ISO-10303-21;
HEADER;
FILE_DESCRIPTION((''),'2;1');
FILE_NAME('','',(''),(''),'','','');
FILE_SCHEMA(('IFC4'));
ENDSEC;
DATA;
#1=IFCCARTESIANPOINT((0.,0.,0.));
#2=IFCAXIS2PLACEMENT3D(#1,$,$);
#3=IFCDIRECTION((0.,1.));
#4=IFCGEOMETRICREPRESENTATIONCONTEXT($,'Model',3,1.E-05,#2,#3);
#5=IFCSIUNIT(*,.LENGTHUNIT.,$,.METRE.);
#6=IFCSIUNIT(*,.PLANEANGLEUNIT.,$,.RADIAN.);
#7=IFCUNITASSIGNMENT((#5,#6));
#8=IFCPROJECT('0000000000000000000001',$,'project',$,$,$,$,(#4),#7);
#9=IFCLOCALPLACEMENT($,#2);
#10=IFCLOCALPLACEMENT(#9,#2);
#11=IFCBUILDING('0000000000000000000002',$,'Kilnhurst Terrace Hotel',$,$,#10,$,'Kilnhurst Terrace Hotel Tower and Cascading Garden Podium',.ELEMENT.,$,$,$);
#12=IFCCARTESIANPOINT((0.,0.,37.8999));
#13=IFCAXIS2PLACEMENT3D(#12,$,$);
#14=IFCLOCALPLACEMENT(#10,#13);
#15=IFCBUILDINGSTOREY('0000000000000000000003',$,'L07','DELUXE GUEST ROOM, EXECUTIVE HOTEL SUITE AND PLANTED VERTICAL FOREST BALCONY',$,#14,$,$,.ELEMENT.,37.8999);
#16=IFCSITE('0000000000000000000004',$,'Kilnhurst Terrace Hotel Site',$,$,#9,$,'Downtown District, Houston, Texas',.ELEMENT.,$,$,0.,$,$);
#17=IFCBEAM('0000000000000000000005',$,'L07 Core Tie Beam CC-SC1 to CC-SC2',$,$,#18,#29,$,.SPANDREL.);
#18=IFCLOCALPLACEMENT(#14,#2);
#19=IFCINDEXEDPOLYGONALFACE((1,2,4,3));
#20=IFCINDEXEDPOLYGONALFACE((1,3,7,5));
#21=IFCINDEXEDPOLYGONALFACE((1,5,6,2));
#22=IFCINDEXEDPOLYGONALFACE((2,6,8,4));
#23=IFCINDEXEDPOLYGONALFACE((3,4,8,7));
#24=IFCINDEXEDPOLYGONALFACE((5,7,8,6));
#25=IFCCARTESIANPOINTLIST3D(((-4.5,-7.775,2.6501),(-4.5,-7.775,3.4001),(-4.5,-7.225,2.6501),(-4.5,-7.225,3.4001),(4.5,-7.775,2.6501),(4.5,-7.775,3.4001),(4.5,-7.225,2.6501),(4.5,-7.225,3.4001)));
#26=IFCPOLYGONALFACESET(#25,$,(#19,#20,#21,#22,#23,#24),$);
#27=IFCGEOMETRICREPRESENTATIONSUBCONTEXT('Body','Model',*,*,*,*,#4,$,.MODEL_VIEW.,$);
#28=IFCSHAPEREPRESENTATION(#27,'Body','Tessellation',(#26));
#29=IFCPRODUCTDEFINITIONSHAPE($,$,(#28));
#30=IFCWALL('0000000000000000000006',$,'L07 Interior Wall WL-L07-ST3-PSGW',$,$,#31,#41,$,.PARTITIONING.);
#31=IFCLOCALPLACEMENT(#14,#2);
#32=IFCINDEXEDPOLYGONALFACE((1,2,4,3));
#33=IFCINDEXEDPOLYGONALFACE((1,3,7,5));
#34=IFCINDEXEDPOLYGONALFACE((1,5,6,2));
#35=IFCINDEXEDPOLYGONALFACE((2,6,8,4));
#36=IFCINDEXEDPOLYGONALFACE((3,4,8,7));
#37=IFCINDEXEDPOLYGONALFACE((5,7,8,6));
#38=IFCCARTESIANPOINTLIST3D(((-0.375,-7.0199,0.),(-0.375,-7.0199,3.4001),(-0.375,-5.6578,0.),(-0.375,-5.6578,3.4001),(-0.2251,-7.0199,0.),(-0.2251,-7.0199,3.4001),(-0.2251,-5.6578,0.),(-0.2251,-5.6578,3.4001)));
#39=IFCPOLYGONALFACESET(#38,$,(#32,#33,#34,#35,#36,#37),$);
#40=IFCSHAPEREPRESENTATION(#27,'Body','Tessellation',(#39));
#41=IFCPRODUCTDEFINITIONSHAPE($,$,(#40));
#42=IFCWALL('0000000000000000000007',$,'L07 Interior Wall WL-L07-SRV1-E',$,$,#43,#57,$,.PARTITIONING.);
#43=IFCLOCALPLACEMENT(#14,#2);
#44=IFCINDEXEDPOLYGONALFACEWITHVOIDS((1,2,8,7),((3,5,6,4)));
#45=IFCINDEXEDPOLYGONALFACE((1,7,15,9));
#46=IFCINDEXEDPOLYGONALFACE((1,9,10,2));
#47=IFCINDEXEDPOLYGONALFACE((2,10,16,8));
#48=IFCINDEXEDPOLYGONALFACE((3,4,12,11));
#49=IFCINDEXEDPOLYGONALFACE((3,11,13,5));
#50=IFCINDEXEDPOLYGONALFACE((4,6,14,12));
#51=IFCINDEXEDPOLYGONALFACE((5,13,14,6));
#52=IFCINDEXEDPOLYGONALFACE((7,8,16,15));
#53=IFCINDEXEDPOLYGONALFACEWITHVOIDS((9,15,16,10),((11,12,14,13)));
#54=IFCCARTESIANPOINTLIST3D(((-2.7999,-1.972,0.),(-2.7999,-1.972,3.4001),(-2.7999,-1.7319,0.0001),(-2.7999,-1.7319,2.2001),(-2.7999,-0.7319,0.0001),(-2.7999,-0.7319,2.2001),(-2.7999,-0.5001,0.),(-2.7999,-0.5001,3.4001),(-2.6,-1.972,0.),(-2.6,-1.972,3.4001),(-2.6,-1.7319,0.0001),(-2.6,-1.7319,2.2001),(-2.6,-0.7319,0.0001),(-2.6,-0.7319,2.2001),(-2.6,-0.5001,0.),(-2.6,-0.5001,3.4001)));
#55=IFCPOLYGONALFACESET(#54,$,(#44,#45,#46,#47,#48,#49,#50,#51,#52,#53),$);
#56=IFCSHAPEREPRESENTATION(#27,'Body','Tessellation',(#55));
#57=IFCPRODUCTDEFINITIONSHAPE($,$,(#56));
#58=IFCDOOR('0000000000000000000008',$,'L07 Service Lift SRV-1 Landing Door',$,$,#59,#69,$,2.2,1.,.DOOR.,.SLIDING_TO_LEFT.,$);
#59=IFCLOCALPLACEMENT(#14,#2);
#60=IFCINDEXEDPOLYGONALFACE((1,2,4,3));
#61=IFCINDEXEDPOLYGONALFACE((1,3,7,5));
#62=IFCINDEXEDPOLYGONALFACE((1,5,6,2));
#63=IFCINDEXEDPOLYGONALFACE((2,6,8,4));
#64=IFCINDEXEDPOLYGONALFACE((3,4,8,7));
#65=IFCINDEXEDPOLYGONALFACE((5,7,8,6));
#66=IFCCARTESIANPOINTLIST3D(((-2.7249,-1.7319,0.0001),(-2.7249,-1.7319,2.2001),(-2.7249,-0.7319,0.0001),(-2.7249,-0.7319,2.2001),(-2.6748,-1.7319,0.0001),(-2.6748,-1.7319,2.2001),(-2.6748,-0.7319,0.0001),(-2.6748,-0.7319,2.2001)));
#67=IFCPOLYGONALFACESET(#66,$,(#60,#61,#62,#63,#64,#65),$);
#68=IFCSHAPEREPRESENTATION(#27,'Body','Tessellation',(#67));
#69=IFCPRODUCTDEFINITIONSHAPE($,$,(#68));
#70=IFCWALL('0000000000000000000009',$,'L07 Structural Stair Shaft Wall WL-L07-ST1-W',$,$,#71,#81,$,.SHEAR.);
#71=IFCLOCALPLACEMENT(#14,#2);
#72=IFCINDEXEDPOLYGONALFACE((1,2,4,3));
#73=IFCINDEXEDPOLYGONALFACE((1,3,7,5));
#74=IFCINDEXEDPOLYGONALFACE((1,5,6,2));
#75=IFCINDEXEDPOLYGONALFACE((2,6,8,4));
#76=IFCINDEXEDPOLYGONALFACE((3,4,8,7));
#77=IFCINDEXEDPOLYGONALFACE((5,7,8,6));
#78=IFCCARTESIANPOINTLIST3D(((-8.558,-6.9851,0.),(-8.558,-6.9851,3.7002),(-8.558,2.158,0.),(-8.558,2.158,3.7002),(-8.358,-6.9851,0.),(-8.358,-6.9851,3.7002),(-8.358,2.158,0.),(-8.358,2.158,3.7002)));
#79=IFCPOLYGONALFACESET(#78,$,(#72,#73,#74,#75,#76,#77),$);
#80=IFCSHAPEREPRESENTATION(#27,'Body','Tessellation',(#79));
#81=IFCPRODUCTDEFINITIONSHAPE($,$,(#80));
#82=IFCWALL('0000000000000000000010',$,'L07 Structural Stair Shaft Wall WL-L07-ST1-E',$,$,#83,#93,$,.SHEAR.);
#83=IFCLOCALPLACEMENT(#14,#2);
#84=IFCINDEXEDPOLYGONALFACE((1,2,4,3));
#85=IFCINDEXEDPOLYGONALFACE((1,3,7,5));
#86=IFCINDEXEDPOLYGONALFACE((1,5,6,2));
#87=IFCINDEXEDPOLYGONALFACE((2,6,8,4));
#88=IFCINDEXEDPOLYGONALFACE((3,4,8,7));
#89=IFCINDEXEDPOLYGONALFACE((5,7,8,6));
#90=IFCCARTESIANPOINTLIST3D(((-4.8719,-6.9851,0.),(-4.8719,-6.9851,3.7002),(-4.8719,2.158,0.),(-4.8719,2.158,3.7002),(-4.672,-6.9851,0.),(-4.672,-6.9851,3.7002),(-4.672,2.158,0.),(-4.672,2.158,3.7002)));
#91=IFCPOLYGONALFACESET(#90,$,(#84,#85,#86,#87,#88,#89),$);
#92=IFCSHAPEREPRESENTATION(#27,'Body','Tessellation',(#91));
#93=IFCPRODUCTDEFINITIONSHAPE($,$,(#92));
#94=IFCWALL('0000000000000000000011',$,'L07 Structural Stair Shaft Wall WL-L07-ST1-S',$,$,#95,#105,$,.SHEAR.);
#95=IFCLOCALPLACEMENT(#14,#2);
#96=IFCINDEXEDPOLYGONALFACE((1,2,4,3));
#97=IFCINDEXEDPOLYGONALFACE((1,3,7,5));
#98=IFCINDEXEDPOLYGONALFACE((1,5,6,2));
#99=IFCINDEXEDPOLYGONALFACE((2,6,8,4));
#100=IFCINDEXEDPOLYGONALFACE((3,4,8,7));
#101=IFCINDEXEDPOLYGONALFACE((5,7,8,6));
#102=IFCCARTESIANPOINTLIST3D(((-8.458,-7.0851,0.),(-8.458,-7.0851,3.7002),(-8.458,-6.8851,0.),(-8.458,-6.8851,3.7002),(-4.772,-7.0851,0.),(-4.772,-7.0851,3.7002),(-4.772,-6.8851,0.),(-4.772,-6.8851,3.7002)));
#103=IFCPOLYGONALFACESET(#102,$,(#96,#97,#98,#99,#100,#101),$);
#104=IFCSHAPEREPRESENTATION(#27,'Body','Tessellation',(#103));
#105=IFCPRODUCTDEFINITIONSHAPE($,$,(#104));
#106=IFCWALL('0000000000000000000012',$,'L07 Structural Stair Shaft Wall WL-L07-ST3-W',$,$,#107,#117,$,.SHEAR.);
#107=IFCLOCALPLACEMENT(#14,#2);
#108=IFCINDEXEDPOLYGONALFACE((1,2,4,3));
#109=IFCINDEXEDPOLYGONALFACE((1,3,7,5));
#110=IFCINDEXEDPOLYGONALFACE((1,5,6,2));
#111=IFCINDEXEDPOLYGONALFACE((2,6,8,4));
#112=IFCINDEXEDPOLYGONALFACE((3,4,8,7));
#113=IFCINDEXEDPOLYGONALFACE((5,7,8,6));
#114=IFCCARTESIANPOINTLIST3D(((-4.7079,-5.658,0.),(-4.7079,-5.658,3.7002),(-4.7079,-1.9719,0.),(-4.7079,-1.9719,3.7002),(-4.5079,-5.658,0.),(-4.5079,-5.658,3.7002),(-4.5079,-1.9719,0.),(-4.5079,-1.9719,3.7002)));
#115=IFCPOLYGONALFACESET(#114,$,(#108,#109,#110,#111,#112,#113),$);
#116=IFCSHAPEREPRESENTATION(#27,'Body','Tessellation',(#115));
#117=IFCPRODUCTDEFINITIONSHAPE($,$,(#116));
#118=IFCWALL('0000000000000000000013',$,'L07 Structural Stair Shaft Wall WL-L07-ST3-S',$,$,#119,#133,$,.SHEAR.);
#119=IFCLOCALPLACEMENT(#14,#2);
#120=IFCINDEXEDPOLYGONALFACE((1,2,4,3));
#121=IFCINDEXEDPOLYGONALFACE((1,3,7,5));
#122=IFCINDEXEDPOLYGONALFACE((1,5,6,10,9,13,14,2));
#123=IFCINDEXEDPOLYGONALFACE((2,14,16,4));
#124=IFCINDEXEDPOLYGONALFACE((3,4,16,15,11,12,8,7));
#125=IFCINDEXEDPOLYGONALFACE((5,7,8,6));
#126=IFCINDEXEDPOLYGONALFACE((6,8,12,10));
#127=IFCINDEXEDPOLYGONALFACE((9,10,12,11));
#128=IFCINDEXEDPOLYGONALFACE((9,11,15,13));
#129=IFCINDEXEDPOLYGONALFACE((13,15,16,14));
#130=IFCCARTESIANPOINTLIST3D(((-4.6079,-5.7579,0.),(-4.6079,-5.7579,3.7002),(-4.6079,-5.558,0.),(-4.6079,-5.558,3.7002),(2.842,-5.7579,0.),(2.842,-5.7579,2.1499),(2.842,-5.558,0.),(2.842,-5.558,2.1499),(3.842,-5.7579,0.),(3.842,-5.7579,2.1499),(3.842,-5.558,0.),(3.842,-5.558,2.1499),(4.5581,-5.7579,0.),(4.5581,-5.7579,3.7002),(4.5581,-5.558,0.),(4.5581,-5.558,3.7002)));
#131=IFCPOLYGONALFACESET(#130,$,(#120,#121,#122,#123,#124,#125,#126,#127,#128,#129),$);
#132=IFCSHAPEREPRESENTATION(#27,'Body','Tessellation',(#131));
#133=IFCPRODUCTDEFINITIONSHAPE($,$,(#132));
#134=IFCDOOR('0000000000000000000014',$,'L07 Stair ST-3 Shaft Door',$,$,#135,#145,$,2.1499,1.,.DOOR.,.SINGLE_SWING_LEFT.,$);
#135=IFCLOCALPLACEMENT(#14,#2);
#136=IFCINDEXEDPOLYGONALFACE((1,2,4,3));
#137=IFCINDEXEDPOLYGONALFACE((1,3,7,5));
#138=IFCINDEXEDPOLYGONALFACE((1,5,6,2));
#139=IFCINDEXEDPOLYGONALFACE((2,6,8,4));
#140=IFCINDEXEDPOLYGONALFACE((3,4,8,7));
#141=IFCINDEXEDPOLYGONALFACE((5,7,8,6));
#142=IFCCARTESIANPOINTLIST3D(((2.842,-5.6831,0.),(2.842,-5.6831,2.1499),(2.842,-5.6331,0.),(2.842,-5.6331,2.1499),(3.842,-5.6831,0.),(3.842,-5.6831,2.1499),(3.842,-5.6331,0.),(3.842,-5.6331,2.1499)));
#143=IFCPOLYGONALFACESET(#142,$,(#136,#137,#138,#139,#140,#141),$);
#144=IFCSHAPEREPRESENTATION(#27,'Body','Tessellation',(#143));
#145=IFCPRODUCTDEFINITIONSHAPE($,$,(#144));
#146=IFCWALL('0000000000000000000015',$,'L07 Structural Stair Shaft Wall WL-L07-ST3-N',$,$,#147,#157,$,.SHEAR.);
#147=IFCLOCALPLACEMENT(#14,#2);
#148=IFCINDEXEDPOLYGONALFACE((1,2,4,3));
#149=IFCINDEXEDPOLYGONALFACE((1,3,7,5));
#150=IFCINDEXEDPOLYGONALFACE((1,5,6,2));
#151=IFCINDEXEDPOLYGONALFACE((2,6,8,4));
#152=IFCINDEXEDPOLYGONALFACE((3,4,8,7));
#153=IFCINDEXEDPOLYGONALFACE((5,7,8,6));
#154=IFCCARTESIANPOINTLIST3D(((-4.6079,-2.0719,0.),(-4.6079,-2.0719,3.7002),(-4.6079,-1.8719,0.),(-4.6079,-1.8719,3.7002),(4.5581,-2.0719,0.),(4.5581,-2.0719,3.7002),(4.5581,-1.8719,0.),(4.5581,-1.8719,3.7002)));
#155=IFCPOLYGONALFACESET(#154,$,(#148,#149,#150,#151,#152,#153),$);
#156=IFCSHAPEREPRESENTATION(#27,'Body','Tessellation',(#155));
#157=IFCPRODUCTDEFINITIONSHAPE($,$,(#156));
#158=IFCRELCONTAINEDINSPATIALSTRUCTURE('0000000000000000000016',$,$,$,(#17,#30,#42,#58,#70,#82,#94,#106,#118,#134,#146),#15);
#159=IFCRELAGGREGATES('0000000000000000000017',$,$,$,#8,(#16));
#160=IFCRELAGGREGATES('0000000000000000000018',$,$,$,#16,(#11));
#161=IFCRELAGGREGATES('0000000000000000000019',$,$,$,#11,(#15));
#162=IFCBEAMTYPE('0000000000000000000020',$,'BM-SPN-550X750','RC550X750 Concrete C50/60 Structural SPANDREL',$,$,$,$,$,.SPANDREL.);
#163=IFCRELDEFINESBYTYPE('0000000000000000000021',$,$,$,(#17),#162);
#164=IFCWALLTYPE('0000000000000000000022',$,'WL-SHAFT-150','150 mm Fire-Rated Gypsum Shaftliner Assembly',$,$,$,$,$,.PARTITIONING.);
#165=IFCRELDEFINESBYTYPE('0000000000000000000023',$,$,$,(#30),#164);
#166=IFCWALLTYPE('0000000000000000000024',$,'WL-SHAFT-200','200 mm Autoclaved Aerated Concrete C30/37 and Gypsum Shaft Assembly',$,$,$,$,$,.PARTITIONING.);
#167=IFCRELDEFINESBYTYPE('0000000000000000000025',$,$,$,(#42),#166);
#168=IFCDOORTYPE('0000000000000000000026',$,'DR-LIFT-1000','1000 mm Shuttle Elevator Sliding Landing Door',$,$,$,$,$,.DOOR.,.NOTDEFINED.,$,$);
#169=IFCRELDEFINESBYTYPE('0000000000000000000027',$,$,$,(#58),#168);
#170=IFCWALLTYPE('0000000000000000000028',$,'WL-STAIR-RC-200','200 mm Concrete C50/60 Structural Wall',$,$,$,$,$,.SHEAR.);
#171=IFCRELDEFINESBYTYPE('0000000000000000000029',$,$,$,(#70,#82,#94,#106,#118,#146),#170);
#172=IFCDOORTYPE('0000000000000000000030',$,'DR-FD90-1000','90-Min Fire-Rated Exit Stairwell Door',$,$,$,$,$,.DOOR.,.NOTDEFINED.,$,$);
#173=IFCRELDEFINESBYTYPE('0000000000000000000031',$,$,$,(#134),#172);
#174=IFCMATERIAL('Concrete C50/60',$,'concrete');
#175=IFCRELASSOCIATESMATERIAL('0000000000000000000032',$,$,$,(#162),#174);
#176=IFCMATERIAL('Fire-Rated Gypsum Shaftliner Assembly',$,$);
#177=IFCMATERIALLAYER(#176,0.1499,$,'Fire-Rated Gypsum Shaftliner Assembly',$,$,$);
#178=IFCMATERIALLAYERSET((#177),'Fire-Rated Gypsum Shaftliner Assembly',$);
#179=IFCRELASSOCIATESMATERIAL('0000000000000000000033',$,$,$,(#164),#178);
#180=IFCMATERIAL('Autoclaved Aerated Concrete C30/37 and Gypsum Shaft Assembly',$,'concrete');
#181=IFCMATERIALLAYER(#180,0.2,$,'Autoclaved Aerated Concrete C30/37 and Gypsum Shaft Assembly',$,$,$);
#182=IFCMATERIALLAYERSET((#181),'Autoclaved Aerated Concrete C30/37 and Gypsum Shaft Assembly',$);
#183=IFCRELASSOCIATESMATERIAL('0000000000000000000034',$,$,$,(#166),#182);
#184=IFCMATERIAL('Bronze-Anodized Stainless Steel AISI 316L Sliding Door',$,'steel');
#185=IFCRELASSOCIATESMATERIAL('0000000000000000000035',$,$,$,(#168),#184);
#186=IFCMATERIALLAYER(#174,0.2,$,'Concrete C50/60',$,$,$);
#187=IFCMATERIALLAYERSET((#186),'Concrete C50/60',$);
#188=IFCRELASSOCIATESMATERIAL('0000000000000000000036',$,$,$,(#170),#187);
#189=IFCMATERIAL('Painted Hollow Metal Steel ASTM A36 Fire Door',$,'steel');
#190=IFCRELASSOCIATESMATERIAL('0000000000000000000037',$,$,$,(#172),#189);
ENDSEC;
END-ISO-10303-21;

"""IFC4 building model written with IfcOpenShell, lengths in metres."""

from ifc_helpers import new_model, si_unit, direction, frame, frame_2d, origin, origin_2d, place, context, subcontext, project, spatial, rectangle, extrude, material, layer, layer_set, material_profile, profile_set, type_object, element, fill, save


model = new_model("IFC4")

# Units and contexts
model_context = context("Model", 3, precision=1e-05, world=origin(), true_north=direction((0.0, 1.0)))
body_context = subcontext(model_context, "Body", "Model", "MODEL_VIEW")
ifc_project = project(units=[si_unit("LENGTHUNIT", "METRE"), si_unit("PLANEANGLEUNIT", "RADIAN")], contexts=[model_context])

# Site, building, storey
site_placement = place(None, origin())
site = spatial("IfcSite", under=ifc_project, at=site_placement, Name="Kilnhurst Terrace Hotel Site", LongName="Downtown District, Houston, Texas", CompositionType="ELEMENT", RefElevation=0.0)
building_placement = place(site_placement, origin())
building = spatial("IfcBuilding", under=site, at=building_placement, Name="Kilnhurst Terrace Hotel", LongName="Kilnhurst Terrace Hotel Tower and Cascading Garden Podium", CompositionType="ELEMENT")
storey_placement = place(building_placement, frame((0.0, 0.0, 37.8999)))
storey = spatial("IfcBuildingStorey", under=building, at=storey_placement, Name="L07", Description="DELUXE GUEST ROOM, EXECUTIVE HOTEL SUITE AND PLANTED VERTICAL FOREST BALCONY", CompositionType="ELEMENT", Elevation=37.8999)

# Beam
ifc_material_1 = material(Name="Concrete C50/60", Category="concrete")
ifc_material_profile = material_profile(ifc_material_1, rectangle(XDim=0.55, YDim=0.75, at=origin_2d()), Name="RC550X750")
ifc_profile_set = profile_set([ifc_material_profile], Name="Concrete C50/60")
beam_type = type_object("IfcBeamType", Name="BM-SPN-550X750", Description="RC550X750 Concrete C50/60 Structural SPANDREL", PredefinedType="SPANDREL", material=ifc_profile_set)
beam_placement = place(storey_placement, frame((-4.5, -7.5, 3.0251), z_axis=(1.0, 0.0, 0.0), x_axis=(0.0, 1.0, 0.0)))
element("IfcBeam", 1, at=beam_placement, inside=storey, type_object=beam_type, Name="L07 Core Tie Beam CC-SC1 to CC-SC2", PredefinedType="SPANDREL", context=body_context, shape_type="SweptSolid", body=[
    extrude(rectangle(XDim=0.55, YDim=0.75, at=origin_2d()), origin(), (0.0, 0.0, 1.0), 9.0),
])

# Shared definitions
ifc_material_2 = material(Name="Painted Hollow Metal Steel ASTM A36 Fire Door", Category="steel")

# Wall
ifc_material_3 = material(Name="Fire-Rated Gypsum Shaftliner Assembly")
ifc_layer_1 = layer(ifc_material_3, 0.1499, Name="Fire-Rated Gypsum Shaftliner Assembly")
ifc_layer_set_1 = layer_set([ifc_layer_1], Name="Fire-Rated Gypsum Shaftliner Assembly")
wall_type_1 = type_object("IfcWallType", Name="WL-SHAFT-150", Description="150 mm Fire-Rated Gypsum Shaftliner Assembly", PredefinedType="PARTITIONING", material=ifc_layer_set_1)
wall_1_placement = place(storey_placement, frame((-0.3, -7.02, 0.0), z_axis=(0.0, 0.0, 1.0), x_axis=(0.0, 1.0, 0.0)))
element("IfcWall", 2, at=wall_1_placement, inside=storey, type_object=wall_type_1, Name="L07 Interior Wall WL-L07-ST3-PSGW", PredefinedType="PARTITIONING", context=body_context, shape_type="SweptSolid", body=[
    extrude(rectangle(XDim=1.3621, YDim=0.1499, at=frame_2d((0.6812, 0.0))), origin(), (0.0, 0.0, 1.0), 3.4001),
])

# Wall, opening, door
ifc_material_4 = material(Name="Autoclaved Aerated Concrete C30/37 and Gypsum Shaft Assembly", Category="concrete")
ifc_layer_2 = layer(ifc_material_4, 0.2, Name="Autoclaved Aerated Concrete C30/37 and Gypsum Shaft Assembly")
ifc_layer_set_2 = layer_set([ifc_layer_2], Name="Autoclaved Aerated Concrete C30/37 and Gypsum Shaft Assembly")
wall_type_2 = type_object("IfcWallType", Name="WL-SHAFT-200", Description="200 mm Autoclaved Aerated Concrete C30/37 and Gypsum Shaft Assembly", PredefinedType="PARTITIONING", material=ifc_layer_set_2)
wall_2_placement = place(storey_placement, frame((-2.7, -1.9719, 0.0), z_axis=(0.0, 0.0, 1.0), x_axis=(0.0, 1.0, 0.0)))
wall_2 = element("IfcWall", 3, at=wall_2_placement, inside=storey, type_object=wall_type_2, Name="L07 Interior Wall WL-L07-SRV1-E", PredefinedType="PARTITIONING", context=body_context, shape_type="SweptSolid", body=[
    extrude(rectangle(XDim=1.4719, YDim=0.2, at=frame_2d((0.7358, 0.0))), origin(), (0.0, 0.0, 1.0), 3.4001),
])
opening_1_placement = place(wall_2_placement, frame((0.24, 0.0, 0.0)))
opening_1 = element("IfcOpeningElement", 4, at=opening_1_placement, cuts=wall_2, PredefinedType="OPENING", context=body_context, shape_type="SweptSolid", body=[
    extrude(rectangle(XDim=1.0, YDim=2.2, at=frame_2d((0.5, 1.1001))), frame((0.0, 0.1099, 0.0), z_axis=(0.0, -1.0, 0.0), x_axis=(1.0, 0.0, 0.0)), (0.0, 0.0, 1.0), 0.22),
])
ifc_material_5 = material(Name="Bronze-Anodized Stainless Steel AISI 316L Sliding Door", Category="steel")
door_type_1 = type_object("IfcDoorType", Name="DR-LIFT-1000", Description="1000 mm Shuttle Elevator Sliding Landing Door", OperationType="NOTDEFINED", PredefinedType="DOOR", material=ifc_material_5)
door_1_placement = place(opening_1_placement, origin())
door_1 = element("IfcDoor", 5, at=door_1_placement, inside=storey, type_object=door_type_1, Name="L07 Service Lift SRV-1 Landing Door", OperationType="SLIDING_TO_LEFT", OverallHeight=2.2, OverallWidth=1.0, PredefinedType="DOOR", context=body_context, shape_type="SweptSolid", body=[
    extrude(rectangle(XDim=1.0, YDim=2.2, at=frame_2d((0.5, 1.1001))), frame((0.0, 0.0249, 0.0), z_axis=(0.0, -1.0, 0.0), x_axis=(1.0, 0.0, 0.0)), (0.0, 0.0, 1.0), 0.05),
])
fill(opening_1, door_1)

# Walls
ifc_layer_3 = layer(ifc_material_1, 0.2, Name="Concrete C50/60")
ifc_layer_set_3 = layer_set([ifc_layer_3], Name="Concrete C50/60")
wall_type_3 = type_object("IfcWallType", Name="WL-STAIR-RC-200", Description="200 mm Concrete C50/60 Structural Wall", PredefinedType="SHEAR", material=ifc_layer_set_3)
for number, where, z_axis, x_axis, name in (
    (6, (-8.458, -6.9851, 0.0), (0.0, 0.0, 1.0), (0.0, 1.0, 0.0), "L07 Structural Stair Shaft Wall WL-L07-ST1-W"),
    (7, (-4.772, -6.9851, 0.0), (0.0, 0.0, 1.0), (0.0, 1.0, 0.0), "L07 Structural Stair Shaft Wall WL-L07-ST1-E"),
):
    element("IfcWall", number, at=place(storey_placement, frame(where, z_axis=z_axis, x_axis=x_axis)), inside=storey, type_object=wall_type_3, Name=name, PredefinedType="SHEAR", context=body_context, shape_type="SweptSolid", body=[
        extrude(rectangle(XDim=9.1431, YDim=0.2, at=frame_2d((4.5715, 0.0))), origin(), (0.0, 0.0, 1.0), 3.7002),
    ])
for number, where, z_axis, x_axis, name in (
    (8, (-8.458, -6.9851, 0.0), (0.0, 0.0, 1.0), (1.0, 0.0, 0.0), "L07 Structural Stair Shaft Wall WL-L07-ST1-S"),
    (9, (-4.6079, -5.658, 0.0), (0.0, 0.0, 1.0), (0.0, 1.0, 0.0), "L07 Structural Stair Shaft Wall WL-L07-ST3-W"),
):
    element("IfcWall", number, at=place(storey_placement, frame(where, z_axis=z_axis, x_axis=x_axis)), inside=storey, type_object=wall_type_3, Name=name, PredefinedType="SHEAR", context=body_context, shape_type="SweptSolid", body=[
        extrude(rectangle(XDim=3.686, YDim=0.2, at=frame_2d((1.843, 0.0))), origin(), (0.0, 0.0, 1.0), 3.7002),
    ])

# Wall, opening, door
wall_3_placement = place(storey_placement, frame((-4.6079, -5.658, 0.0), z_axis=(0.0, 0.0, 1.0), x_axis=(1.0, 0.0, 0.0)))
wall_3 = element("IfcWall", 10, at=wall_3_placement, inside=storey, type_object=wall_type_3, Name="L07 Structural Stair Shaft Wall WL-L07-ST3-S", PredefinedType="SHEAR", context=body_context, shape_type="SweptSolid", body=[
    extrude(rectangle(XDim=9.166, YDim=0.2, at=frame_2d((4.583, 0.0))), origin(), (0.0, 0.0, 1.0), 3.7002),
])
opening_2_placement = place(wall_3_placement, frame((7.45, 0.0, 0.0)))
opening_2 = element("IfcOpeningElement", 11, at=opening_2_placement, cuts=wall_3, PredefinedType="OPENING", context=body_context, shape_type="SweptSolid", body=[
    extrude(rectangle(XDim=1.0, YDim=2.1499, at=frame_2d((0.5, 1.075))), frame((0.0, 0.1099, 0.0), z_axis=(0.0, -1.0, 0.0), x_axis=(1.0, 0.0, 0.0)), (0.0, 0.0, 1.0), 0.22),
])
door_type_2 = type_object("IfcDoorType", Name="DR-FD90-1000", Description="90-Min Fire-Rated Exit Stairwell Door", OperationType="NOTDEFINED", PredefinedType="DOOR", material=ifc_material_2)
door_2_placement = place(opening_2_placement, origin())
door_2 = element("IfcDoor", 12, at=door_2_placement, inside=storey, type_object=door_type_2, Name="L07 Stair ST-3 Shaft Door", OperationType="SINGLE_SWING_LEFT", OverallHeight=2.1499, OverallWidth=1.0, PredefinedType="DOOR", context=body_context, shape_type="SweptSolid", body=[
    extrude(rectangle(XDim=1.0, YDim=2.1499, at=frame_2d((0.5, 1.075))), frame((0.0, 0.0249, 0.0), z_axis=(0.0, -1.0, 0.0), x_axis=(1.0, 0.0, 0.0)), (0.0, 0.0, 1.0), 0.05),
])
fill(opening_2, door_2)

# Wall
wall_4_placement = place(storey_placement, frame((-4.6079, -1.9719, 0.0), z_axis=(0.0, 0.0, 1.0), x_axis=(1.0, 0.0, 0.0)))
element("IfcWall", 13, at=wall_4_placement, inside=storey, type_object=wall_type_3, Name="L07 Structural Stair Shaft Wall WL-L07-ST3-N", PredefinedType="SHEAR", context=body_context, shape_type="SweptSolid", body=[
    extrude(rectangle(XDim=9.166, YDim=0.2, at=frame_2d((4.583, 0.0))), origin(), (0.0, 0.0, 1.0), 3.7002),
])

save(model, "model.ifc")
